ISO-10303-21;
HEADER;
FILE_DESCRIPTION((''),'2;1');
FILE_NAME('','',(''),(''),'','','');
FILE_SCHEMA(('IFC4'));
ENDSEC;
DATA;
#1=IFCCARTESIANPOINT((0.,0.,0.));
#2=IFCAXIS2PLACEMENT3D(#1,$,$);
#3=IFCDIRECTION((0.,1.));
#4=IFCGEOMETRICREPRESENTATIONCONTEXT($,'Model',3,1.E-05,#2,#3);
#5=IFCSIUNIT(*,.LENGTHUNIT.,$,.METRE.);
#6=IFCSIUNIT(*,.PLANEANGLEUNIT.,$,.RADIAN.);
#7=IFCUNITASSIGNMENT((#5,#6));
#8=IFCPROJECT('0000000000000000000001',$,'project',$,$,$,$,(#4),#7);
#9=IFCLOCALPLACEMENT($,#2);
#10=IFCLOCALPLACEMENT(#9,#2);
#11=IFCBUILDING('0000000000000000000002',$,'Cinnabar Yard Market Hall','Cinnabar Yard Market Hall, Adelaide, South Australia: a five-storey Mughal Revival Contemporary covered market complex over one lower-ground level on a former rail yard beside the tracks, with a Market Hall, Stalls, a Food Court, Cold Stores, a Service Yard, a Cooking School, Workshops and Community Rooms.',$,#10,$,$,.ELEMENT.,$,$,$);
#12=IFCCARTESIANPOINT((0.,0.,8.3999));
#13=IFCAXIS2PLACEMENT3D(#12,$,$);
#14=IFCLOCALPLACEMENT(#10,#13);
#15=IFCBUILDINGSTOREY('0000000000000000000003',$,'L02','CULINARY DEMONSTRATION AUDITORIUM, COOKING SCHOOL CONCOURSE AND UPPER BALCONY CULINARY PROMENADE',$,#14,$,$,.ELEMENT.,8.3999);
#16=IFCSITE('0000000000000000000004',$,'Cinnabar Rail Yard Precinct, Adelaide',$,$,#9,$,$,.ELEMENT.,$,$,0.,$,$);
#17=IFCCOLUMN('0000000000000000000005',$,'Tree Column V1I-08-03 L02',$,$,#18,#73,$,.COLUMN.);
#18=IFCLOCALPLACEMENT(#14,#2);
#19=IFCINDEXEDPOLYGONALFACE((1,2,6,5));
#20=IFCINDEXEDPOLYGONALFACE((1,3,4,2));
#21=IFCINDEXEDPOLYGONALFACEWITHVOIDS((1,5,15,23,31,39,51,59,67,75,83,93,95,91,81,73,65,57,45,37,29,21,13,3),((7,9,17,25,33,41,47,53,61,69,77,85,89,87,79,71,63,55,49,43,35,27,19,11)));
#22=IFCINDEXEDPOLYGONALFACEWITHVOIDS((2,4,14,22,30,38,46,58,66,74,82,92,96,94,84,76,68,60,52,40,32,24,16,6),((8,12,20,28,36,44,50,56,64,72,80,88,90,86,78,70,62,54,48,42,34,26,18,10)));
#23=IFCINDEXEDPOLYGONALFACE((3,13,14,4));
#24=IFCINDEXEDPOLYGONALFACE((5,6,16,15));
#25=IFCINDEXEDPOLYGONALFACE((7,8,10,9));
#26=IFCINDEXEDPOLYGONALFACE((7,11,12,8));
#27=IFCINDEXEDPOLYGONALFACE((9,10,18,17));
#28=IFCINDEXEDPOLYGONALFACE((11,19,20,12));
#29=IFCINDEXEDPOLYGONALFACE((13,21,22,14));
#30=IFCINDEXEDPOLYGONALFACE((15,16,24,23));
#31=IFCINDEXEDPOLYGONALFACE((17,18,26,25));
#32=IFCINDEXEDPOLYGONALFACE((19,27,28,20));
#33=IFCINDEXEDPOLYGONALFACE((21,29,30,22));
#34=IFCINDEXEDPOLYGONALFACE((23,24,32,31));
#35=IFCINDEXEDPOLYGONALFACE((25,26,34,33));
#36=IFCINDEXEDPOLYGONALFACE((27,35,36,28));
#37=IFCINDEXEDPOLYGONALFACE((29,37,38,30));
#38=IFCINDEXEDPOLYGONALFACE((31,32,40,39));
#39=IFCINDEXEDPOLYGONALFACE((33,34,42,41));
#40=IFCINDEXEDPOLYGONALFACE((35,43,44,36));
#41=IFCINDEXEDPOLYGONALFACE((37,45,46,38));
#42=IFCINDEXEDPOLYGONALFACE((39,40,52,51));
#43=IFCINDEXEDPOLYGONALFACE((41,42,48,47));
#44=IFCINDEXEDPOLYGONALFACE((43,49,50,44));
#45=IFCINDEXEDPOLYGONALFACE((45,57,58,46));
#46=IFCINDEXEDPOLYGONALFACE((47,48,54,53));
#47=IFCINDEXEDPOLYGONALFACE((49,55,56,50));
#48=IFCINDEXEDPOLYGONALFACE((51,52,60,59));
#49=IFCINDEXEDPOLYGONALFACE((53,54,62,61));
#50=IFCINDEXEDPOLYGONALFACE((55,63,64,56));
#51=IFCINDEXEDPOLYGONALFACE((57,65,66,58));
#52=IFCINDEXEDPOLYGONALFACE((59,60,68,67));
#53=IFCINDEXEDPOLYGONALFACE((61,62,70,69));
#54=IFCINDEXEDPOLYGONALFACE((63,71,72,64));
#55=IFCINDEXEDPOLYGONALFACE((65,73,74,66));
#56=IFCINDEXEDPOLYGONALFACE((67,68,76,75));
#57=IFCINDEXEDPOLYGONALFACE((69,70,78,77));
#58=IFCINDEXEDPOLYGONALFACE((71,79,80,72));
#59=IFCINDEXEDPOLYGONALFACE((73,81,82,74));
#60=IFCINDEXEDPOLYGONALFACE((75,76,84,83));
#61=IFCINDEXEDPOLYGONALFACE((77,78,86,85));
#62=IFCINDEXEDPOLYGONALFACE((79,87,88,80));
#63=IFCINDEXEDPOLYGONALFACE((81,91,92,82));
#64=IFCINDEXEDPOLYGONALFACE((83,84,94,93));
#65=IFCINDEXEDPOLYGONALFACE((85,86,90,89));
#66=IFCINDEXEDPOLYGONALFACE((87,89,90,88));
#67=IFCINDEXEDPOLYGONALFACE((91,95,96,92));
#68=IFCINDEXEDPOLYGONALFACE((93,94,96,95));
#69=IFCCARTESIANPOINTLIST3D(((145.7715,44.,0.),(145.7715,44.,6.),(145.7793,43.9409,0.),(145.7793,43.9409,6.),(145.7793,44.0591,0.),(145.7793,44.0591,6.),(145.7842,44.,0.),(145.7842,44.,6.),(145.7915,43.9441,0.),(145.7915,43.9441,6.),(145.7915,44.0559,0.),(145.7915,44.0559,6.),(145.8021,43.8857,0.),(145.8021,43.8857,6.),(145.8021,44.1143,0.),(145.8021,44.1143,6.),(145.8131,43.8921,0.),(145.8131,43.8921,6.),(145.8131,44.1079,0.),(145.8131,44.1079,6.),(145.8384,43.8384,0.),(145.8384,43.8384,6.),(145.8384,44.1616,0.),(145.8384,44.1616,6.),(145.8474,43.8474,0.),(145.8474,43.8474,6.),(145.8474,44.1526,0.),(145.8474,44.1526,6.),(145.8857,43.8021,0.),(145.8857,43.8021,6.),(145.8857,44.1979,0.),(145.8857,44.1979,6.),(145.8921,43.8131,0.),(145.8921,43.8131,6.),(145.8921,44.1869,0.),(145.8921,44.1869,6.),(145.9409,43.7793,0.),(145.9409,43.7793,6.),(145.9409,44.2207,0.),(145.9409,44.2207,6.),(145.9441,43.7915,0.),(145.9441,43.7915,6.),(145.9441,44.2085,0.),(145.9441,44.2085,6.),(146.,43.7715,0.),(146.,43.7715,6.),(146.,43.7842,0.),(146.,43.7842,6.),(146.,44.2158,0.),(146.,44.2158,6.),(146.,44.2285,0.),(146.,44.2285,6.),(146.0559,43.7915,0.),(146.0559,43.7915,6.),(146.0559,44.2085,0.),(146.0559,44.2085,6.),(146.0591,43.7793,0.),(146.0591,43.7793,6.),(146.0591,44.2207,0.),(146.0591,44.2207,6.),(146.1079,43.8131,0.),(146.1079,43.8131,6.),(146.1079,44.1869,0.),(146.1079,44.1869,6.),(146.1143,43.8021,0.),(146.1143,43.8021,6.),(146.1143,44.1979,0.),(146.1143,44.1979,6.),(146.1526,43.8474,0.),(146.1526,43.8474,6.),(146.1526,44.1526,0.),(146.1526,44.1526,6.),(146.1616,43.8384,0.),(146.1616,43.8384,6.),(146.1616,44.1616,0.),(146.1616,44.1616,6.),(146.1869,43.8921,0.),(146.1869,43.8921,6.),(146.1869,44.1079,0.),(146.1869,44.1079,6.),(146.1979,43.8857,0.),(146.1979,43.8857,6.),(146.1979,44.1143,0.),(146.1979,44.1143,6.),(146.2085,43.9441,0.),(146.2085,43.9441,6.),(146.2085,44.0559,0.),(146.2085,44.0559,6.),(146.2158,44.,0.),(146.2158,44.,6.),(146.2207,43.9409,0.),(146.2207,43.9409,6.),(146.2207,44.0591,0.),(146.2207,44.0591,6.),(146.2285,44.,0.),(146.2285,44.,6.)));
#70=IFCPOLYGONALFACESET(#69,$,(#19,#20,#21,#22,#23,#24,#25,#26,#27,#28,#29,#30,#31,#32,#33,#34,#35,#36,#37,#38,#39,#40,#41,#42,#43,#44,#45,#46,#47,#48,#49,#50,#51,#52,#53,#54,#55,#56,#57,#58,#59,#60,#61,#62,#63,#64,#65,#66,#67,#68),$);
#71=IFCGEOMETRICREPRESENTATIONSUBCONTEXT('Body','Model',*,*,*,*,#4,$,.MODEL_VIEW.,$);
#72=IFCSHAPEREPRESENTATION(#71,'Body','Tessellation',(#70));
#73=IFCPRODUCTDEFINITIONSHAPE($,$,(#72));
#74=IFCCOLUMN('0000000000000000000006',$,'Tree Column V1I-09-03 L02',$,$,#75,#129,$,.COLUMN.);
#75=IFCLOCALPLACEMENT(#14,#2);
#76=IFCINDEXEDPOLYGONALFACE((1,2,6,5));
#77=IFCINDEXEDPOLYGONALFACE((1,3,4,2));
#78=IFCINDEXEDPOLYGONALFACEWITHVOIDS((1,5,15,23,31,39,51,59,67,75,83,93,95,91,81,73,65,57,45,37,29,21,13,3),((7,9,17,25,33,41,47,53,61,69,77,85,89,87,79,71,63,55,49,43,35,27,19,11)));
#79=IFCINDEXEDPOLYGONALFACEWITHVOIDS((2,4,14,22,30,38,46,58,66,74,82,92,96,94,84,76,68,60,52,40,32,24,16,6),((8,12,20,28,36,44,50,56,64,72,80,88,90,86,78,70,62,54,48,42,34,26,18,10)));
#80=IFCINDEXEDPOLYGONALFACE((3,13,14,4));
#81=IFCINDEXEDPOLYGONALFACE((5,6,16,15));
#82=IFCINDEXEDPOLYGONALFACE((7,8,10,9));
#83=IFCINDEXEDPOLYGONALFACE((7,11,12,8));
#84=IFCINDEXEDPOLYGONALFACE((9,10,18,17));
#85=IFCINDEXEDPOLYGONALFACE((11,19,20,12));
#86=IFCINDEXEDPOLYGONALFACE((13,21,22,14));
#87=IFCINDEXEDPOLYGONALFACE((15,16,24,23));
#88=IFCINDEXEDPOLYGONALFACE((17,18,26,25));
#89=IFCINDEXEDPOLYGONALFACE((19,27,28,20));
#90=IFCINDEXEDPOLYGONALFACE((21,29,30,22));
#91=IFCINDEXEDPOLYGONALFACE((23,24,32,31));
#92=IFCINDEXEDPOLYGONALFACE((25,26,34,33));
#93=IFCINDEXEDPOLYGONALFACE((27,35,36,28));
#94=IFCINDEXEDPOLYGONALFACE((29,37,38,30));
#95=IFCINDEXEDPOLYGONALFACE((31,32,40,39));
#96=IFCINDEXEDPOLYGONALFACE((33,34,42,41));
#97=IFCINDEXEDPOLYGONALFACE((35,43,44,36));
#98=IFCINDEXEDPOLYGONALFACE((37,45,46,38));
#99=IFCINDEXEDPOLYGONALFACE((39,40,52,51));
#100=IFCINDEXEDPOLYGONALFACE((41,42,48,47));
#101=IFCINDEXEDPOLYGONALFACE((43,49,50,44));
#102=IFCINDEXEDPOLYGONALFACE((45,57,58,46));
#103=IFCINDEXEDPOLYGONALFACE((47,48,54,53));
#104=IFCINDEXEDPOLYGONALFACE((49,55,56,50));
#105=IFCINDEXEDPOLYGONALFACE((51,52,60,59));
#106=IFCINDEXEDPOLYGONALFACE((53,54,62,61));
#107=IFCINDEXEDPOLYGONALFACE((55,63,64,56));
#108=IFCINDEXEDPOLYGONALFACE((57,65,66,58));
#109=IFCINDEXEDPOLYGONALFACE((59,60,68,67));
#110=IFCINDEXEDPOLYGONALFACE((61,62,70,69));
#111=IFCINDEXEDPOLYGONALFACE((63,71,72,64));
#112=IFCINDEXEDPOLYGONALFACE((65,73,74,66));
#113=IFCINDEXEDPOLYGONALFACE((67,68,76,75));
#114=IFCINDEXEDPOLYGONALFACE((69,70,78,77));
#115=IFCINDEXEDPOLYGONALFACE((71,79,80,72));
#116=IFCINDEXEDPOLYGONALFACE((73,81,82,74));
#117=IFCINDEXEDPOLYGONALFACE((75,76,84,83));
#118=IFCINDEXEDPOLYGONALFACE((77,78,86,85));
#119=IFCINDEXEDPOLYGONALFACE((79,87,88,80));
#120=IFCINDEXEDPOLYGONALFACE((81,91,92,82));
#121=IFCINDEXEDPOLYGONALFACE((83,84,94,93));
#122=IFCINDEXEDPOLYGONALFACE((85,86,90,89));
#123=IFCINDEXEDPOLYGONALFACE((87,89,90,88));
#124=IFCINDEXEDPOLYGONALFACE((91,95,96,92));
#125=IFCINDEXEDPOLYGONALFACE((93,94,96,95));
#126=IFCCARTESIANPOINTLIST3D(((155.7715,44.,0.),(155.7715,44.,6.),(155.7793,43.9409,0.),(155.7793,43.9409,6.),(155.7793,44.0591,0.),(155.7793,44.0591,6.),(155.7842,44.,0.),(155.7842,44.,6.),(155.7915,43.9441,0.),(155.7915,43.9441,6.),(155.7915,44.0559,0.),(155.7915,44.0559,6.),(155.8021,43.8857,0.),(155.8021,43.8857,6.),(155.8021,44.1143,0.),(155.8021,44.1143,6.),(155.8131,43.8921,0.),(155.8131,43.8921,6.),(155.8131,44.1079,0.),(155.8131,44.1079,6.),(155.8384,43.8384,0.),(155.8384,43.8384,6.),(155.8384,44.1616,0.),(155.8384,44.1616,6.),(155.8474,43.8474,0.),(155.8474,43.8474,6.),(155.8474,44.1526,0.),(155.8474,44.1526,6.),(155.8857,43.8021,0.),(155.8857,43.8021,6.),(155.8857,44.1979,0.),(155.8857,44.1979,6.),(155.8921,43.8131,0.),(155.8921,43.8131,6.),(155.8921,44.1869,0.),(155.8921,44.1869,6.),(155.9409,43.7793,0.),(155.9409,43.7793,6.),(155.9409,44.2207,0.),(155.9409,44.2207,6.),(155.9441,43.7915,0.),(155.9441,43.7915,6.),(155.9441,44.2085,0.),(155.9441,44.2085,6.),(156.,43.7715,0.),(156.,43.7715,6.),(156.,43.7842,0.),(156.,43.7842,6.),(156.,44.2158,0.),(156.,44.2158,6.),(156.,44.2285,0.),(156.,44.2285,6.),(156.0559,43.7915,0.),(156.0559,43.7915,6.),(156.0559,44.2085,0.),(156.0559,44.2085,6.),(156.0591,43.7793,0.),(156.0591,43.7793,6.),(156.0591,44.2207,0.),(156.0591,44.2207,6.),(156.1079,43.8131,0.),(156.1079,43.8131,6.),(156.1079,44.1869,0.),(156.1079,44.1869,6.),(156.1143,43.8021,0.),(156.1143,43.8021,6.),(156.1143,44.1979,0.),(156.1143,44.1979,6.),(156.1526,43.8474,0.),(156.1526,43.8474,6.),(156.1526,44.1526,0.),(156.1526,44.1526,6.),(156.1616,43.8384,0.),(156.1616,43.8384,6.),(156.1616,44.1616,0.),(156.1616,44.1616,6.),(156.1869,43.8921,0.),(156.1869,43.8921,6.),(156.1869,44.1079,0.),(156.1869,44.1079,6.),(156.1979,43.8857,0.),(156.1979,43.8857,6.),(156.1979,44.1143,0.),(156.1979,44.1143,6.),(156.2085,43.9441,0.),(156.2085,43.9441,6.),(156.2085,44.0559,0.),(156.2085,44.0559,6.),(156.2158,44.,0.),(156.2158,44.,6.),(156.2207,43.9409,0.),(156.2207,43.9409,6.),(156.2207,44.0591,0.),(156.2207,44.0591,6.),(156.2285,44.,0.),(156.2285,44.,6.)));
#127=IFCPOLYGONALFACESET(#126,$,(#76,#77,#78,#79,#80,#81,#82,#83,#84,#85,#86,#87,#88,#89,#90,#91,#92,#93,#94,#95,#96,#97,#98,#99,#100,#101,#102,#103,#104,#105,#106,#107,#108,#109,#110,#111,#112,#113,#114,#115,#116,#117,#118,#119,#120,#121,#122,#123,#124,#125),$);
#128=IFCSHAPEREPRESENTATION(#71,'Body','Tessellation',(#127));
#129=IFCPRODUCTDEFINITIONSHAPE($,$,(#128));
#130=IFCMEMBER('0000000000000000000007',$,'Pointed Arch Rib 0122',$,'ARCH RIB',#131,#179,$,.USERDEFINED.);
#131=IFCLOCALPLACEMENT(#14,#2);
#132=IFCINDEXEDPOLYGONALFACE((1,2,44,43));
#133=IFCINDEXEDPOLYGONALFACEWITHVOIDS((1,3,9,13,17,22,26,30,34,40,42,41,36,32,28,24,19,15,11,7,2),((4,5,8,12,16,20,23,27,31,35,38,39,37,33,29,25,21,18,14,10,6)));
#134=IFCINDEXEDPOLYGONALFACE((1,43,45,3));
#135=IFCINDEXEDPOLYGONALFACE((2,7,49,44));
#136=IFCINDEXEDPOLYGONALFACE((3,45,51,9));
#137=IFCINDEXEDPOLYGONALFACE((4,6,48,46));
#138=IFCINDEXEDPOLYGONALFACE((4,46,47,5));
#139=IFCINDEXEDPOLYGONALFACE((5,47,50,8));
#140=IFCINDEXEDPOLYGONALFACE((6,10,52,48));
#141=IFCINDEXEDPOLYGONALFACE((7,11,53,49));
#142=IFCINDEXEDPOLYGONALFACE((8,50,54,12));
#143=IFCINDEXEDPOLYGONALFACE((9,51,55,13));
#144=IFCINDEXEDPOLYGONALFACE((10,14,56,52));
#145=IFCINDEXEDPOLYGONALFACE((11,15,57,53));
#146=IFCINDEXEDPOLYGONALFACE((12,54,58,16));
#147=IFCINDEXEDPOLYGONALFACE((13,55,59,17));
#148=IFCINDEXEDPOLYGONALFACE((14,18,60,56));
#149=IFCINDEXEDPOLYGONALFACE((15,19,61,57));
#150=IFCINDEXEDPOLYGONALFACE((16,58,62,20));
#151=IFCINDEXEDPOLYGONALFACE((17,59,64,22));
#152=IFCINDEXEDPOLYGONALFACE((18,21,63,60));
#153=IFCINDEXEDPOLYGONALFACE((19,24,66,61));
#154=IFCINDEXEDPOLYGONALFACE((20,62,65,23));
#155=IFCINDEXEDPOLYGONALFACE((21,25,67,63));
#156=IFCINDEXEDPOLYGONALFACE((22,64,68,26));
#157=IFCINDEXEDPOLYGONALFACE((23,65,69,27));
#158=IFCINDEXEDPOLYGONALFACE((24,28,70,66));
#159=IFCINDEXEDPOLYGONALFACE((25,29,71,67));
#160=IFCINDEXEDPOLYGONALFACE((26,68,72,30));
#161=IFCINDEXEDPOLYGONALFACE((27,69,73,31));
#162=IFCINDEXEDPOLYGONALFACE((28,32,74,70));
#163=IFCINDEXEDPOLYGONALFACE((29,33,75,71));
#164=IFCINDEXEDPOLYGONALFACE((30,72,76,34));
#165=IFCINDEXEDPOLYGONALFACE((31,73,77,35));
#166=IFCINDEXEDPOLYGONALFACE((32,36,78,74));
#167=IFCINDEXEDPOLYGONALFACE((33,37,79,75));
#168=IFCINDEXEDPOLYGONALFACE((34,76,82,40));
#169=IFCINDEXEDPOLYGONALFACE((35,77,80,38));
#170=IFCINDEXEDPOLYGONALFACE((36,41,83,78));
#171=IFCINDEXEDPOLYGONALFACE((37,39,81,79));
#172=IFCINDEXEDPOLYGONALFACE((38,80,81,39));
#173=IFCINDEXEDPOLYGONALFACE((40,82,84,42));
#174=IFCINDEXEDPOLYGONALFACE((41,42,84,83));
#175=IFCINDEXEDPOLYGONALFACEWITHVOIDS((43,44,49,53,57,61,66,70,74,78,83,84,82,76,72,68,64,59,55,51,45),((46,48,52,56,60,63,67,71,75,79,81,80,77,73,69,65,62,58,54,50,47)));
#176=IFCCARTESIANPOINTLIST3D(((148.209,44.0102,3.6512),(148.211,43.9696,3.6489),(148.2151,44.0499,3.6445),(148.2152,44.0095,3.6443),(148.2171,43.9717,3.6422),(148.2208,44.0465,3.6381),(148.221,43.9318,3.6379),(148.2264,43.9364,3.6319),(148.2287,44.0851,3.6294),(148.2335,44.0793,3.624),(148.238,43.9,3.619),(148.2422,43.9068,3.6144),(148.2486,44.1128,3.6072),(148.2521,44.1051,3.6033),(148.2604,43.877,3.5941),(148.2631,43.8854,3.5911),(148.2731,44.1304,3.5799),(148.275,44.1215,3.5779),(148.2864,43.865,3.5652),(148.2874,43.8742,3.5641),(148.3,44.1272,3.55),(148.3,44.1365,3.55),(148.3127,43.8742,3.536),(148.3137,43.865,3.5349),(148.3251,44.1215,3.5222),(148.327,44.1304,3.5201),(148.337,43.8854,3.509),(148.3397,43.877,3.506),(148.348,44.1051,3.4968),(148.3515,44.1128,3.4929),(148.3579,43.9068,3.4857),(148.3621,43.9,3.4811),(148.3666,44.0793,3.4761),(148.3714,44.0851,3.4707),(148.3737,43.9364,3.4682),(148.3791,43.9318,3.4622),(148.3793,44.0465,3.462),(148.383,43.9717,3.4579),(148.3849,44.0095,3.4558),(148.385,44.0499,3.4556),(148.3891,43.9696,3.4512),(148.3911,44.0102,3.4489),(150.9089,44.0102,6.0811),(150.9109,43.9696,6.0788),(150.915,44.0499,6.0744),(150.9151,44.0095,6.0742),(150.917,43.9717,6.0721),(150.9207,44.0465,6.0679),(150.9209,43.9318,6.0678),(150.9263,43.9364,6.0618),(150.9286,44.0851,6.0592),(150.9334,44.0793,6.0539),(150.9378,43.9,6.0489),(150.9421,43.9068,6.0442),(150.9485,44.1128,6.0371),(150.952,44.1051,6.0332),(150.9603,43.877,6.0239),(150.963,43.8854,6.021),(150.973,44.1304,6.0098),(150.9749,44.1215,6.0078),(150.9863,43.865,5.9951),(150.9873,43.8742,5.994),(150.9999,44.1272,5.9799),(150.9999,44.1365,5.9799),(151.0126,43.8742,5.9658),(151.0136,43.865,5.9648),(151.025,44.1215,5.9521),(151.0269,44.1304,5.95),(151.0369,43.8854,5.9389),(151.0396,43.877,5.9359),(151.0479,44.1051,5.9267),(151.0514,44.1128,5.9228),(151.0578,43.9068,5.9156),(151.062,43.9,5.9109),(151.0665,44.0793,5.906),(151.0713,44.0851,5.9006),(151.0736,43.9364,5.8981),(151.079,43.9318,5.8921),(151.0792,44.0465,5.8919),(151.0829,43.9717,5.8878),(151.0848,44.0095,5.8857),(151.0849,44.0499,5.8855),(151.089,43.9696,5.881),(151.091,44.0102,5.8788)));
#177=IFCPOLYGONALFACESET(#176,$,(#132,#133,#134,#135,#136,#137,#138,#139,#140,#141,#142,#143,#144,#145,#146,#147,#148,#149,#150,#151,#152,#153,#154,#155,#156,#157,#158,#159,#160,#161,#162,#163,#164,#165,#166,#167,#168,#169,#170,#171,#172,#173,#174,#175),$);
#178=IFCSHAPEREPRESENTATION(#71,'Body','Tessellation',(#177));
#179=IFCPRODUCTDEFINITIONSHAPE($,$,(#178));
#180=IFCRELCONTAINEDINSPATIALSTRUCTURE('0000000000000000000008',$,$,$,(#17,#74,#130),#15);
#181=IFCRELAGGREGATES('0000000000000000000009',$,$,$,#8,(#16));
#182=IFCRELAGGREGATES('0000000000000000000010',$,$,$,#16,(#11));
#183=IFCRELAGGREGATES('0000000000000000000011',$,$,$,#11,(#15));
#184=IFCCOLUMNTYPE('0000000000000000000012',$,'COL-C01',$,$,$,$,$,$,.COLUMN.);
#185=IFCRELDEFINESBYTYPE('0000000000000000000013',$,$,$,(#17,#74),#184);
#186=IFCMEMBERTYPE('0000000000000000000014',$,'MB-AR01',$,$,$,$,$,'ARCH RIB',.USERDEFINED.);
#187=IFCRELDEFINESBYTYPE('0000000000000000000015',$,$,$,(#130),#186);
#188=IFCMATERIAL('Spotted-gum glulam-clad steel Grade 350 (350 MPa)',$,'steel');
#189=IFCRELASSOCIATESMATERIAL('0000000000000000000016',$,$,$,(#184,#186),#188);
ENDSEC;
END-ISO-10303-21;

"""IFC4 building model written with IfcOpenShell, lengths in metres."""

from ifc_helpers import new_model, si_unit, direction, frame, origin, origin_2d_with_axis, place, context, subcontext, project, spatial, hollow_circle, extrude, material, material_profile, profile_set, type_object, element, save


model = new_model("IFC4")

# Units and contexts
model_context = context("Model", 3, precision=1e-05, world=origin(), true_north=direction((0.0, 1.0)))
body_context = subcontext(model_context, "Body", "Model", "MODEL_VIEW")
ifc_project = project(units=[si_unit("LENGTHUNIT", "METRE"), si_unit("PLANEANGLEUNIT", "RADIAN")], contexts=[model_context])

# Site, building, storey
site_placement = place(None, origin())
site = spatial("IfcSite", under=ifc_project, at=site_placement, Name="Cinnabar Rail Yard Precinct, Adelaide", CompositionType="ELEMENT", RefElevation=0.0)
building_placement = place(site_placement, origin())
building = spatial("IfcBuilding", under=site, at=building_placement, Name="Cinnabar Yard Market Hall", Description="Cinnabar Yard Market Hall, Adelaide, South Australia: a five-storey Mughal Revival Contemporary covered market complex over one lower-ground level on a former rail yard beside the tracks, with a Market Hall, Stalls, a Food Court, Cold Stores, a Service Yard, a Cooking School, Workshops and Community Rooms.", CompositionType="ELEMENT")
storey_placement = place(building_placement, frame((0.0, 0.0, 8.3999)))
storey = spatial("IfcBuildingStorey", under=building, at=storey_placement, Name="L02", Description="CULINARY DEMONSTRATION AUDITORIUM, COOKING SCHOOL CONCOURSE AND UPPER BALCONY CULINARY PROMENADE", CompositionType="ELEMENT", Elevation=8.3999)

# Columns
ifc_material_1 = material(Name="Spotted-gum glulam-clad steel Grade 350 (350 MPa)", Category="steel")
ifc_material_profile_1 = material_profile(ifc_material_1, hollow_circle(Radius=0.2285, WallThickness=0.0127, at=origin_2d_with_axis()), Name="457.0x12.7CHS")
ifc_profile_set_1 = profile_set([ifc_material_profile_1], Name="Spotted-gum glulam-clad steel Grade 350 (350 MPa)")
column_type = type_object("IfcColumnType", Name="COL-C01", PredefinedType="COLUMN", material=ifc_profile_set_1)
for number, where, z_axis, x_axis, name in (
    (1, (146.0, 44.0, 0.0), (0.0, 0.0, 1.0), (1.0, 0.0, 0.0), "Tree Column V1I-08-03 L02"),
    (2, (156.0, 44.0, 0.0), (0.0, 0.0, 1.0), (1.0, 0.0, 0.0), "Tree Column V1I-09-03 L02"),
):
    element("IfcColumn", number, at=place(storey_placement, frame(where, z_axis=z_axis, x_axis=x_axis)), inside=storey, type_object=column_type, Name=name, PredefinedType="COLUMN", context=body_context, shape_type="SweptSolid", body=[
        extrude(hollow_circle(Radius=0.2285, WallThickness=0.0127, at=origin_2d_with_axis()), origin(), (0.0, 0.0, 1.0), 6.0),
    ])

# Member
ifc_material_profile_2 = material_profile(ifc_material_1, hollow_circle(Radius=0.1365, WallThickness=0.0093, at=origin_2d_with_axis()), Name="273.1x9.3CHS")
ifc_profile_set_2 = profile_set([ifc_material_profile_2], Name="Spotted-gum glulam-clad steel Grade 350 (350 MPa)")
member_type_1 = type_object("IfcMemberType", Name="MB-AR01", ElementType="ARCH RIB", PredefinedType="USERDEFINED", material=ifc_profile_set_2)
for number, where, z_axis, x_axis, name in (
    (3, (148.3, 44.0, 3.55), (0.743297, 0.0, 0.668961), (0.0, 1.0, 0.0), "Pointed Arch Rib 0122"),
):
    element("IfcMember", number, at=place(storey_placement, frame(where, z_axis=z_axis, x_axis=x_axis)), inside=storey, type_object=member_type_1, Name=name, ObjectType="ARCH RIB", PredefinedType="USERDEFINED", context=body_context, shape_type="SweptSolid", body=[
        extrude(hollow_circle(Radius=0.1365, WallThickness=0.0093, at=origin_2d_with_axis()), origin(), (0.0, 0.0, 1.0), 3.6323),
    ])

save(model, "model.ifc")
